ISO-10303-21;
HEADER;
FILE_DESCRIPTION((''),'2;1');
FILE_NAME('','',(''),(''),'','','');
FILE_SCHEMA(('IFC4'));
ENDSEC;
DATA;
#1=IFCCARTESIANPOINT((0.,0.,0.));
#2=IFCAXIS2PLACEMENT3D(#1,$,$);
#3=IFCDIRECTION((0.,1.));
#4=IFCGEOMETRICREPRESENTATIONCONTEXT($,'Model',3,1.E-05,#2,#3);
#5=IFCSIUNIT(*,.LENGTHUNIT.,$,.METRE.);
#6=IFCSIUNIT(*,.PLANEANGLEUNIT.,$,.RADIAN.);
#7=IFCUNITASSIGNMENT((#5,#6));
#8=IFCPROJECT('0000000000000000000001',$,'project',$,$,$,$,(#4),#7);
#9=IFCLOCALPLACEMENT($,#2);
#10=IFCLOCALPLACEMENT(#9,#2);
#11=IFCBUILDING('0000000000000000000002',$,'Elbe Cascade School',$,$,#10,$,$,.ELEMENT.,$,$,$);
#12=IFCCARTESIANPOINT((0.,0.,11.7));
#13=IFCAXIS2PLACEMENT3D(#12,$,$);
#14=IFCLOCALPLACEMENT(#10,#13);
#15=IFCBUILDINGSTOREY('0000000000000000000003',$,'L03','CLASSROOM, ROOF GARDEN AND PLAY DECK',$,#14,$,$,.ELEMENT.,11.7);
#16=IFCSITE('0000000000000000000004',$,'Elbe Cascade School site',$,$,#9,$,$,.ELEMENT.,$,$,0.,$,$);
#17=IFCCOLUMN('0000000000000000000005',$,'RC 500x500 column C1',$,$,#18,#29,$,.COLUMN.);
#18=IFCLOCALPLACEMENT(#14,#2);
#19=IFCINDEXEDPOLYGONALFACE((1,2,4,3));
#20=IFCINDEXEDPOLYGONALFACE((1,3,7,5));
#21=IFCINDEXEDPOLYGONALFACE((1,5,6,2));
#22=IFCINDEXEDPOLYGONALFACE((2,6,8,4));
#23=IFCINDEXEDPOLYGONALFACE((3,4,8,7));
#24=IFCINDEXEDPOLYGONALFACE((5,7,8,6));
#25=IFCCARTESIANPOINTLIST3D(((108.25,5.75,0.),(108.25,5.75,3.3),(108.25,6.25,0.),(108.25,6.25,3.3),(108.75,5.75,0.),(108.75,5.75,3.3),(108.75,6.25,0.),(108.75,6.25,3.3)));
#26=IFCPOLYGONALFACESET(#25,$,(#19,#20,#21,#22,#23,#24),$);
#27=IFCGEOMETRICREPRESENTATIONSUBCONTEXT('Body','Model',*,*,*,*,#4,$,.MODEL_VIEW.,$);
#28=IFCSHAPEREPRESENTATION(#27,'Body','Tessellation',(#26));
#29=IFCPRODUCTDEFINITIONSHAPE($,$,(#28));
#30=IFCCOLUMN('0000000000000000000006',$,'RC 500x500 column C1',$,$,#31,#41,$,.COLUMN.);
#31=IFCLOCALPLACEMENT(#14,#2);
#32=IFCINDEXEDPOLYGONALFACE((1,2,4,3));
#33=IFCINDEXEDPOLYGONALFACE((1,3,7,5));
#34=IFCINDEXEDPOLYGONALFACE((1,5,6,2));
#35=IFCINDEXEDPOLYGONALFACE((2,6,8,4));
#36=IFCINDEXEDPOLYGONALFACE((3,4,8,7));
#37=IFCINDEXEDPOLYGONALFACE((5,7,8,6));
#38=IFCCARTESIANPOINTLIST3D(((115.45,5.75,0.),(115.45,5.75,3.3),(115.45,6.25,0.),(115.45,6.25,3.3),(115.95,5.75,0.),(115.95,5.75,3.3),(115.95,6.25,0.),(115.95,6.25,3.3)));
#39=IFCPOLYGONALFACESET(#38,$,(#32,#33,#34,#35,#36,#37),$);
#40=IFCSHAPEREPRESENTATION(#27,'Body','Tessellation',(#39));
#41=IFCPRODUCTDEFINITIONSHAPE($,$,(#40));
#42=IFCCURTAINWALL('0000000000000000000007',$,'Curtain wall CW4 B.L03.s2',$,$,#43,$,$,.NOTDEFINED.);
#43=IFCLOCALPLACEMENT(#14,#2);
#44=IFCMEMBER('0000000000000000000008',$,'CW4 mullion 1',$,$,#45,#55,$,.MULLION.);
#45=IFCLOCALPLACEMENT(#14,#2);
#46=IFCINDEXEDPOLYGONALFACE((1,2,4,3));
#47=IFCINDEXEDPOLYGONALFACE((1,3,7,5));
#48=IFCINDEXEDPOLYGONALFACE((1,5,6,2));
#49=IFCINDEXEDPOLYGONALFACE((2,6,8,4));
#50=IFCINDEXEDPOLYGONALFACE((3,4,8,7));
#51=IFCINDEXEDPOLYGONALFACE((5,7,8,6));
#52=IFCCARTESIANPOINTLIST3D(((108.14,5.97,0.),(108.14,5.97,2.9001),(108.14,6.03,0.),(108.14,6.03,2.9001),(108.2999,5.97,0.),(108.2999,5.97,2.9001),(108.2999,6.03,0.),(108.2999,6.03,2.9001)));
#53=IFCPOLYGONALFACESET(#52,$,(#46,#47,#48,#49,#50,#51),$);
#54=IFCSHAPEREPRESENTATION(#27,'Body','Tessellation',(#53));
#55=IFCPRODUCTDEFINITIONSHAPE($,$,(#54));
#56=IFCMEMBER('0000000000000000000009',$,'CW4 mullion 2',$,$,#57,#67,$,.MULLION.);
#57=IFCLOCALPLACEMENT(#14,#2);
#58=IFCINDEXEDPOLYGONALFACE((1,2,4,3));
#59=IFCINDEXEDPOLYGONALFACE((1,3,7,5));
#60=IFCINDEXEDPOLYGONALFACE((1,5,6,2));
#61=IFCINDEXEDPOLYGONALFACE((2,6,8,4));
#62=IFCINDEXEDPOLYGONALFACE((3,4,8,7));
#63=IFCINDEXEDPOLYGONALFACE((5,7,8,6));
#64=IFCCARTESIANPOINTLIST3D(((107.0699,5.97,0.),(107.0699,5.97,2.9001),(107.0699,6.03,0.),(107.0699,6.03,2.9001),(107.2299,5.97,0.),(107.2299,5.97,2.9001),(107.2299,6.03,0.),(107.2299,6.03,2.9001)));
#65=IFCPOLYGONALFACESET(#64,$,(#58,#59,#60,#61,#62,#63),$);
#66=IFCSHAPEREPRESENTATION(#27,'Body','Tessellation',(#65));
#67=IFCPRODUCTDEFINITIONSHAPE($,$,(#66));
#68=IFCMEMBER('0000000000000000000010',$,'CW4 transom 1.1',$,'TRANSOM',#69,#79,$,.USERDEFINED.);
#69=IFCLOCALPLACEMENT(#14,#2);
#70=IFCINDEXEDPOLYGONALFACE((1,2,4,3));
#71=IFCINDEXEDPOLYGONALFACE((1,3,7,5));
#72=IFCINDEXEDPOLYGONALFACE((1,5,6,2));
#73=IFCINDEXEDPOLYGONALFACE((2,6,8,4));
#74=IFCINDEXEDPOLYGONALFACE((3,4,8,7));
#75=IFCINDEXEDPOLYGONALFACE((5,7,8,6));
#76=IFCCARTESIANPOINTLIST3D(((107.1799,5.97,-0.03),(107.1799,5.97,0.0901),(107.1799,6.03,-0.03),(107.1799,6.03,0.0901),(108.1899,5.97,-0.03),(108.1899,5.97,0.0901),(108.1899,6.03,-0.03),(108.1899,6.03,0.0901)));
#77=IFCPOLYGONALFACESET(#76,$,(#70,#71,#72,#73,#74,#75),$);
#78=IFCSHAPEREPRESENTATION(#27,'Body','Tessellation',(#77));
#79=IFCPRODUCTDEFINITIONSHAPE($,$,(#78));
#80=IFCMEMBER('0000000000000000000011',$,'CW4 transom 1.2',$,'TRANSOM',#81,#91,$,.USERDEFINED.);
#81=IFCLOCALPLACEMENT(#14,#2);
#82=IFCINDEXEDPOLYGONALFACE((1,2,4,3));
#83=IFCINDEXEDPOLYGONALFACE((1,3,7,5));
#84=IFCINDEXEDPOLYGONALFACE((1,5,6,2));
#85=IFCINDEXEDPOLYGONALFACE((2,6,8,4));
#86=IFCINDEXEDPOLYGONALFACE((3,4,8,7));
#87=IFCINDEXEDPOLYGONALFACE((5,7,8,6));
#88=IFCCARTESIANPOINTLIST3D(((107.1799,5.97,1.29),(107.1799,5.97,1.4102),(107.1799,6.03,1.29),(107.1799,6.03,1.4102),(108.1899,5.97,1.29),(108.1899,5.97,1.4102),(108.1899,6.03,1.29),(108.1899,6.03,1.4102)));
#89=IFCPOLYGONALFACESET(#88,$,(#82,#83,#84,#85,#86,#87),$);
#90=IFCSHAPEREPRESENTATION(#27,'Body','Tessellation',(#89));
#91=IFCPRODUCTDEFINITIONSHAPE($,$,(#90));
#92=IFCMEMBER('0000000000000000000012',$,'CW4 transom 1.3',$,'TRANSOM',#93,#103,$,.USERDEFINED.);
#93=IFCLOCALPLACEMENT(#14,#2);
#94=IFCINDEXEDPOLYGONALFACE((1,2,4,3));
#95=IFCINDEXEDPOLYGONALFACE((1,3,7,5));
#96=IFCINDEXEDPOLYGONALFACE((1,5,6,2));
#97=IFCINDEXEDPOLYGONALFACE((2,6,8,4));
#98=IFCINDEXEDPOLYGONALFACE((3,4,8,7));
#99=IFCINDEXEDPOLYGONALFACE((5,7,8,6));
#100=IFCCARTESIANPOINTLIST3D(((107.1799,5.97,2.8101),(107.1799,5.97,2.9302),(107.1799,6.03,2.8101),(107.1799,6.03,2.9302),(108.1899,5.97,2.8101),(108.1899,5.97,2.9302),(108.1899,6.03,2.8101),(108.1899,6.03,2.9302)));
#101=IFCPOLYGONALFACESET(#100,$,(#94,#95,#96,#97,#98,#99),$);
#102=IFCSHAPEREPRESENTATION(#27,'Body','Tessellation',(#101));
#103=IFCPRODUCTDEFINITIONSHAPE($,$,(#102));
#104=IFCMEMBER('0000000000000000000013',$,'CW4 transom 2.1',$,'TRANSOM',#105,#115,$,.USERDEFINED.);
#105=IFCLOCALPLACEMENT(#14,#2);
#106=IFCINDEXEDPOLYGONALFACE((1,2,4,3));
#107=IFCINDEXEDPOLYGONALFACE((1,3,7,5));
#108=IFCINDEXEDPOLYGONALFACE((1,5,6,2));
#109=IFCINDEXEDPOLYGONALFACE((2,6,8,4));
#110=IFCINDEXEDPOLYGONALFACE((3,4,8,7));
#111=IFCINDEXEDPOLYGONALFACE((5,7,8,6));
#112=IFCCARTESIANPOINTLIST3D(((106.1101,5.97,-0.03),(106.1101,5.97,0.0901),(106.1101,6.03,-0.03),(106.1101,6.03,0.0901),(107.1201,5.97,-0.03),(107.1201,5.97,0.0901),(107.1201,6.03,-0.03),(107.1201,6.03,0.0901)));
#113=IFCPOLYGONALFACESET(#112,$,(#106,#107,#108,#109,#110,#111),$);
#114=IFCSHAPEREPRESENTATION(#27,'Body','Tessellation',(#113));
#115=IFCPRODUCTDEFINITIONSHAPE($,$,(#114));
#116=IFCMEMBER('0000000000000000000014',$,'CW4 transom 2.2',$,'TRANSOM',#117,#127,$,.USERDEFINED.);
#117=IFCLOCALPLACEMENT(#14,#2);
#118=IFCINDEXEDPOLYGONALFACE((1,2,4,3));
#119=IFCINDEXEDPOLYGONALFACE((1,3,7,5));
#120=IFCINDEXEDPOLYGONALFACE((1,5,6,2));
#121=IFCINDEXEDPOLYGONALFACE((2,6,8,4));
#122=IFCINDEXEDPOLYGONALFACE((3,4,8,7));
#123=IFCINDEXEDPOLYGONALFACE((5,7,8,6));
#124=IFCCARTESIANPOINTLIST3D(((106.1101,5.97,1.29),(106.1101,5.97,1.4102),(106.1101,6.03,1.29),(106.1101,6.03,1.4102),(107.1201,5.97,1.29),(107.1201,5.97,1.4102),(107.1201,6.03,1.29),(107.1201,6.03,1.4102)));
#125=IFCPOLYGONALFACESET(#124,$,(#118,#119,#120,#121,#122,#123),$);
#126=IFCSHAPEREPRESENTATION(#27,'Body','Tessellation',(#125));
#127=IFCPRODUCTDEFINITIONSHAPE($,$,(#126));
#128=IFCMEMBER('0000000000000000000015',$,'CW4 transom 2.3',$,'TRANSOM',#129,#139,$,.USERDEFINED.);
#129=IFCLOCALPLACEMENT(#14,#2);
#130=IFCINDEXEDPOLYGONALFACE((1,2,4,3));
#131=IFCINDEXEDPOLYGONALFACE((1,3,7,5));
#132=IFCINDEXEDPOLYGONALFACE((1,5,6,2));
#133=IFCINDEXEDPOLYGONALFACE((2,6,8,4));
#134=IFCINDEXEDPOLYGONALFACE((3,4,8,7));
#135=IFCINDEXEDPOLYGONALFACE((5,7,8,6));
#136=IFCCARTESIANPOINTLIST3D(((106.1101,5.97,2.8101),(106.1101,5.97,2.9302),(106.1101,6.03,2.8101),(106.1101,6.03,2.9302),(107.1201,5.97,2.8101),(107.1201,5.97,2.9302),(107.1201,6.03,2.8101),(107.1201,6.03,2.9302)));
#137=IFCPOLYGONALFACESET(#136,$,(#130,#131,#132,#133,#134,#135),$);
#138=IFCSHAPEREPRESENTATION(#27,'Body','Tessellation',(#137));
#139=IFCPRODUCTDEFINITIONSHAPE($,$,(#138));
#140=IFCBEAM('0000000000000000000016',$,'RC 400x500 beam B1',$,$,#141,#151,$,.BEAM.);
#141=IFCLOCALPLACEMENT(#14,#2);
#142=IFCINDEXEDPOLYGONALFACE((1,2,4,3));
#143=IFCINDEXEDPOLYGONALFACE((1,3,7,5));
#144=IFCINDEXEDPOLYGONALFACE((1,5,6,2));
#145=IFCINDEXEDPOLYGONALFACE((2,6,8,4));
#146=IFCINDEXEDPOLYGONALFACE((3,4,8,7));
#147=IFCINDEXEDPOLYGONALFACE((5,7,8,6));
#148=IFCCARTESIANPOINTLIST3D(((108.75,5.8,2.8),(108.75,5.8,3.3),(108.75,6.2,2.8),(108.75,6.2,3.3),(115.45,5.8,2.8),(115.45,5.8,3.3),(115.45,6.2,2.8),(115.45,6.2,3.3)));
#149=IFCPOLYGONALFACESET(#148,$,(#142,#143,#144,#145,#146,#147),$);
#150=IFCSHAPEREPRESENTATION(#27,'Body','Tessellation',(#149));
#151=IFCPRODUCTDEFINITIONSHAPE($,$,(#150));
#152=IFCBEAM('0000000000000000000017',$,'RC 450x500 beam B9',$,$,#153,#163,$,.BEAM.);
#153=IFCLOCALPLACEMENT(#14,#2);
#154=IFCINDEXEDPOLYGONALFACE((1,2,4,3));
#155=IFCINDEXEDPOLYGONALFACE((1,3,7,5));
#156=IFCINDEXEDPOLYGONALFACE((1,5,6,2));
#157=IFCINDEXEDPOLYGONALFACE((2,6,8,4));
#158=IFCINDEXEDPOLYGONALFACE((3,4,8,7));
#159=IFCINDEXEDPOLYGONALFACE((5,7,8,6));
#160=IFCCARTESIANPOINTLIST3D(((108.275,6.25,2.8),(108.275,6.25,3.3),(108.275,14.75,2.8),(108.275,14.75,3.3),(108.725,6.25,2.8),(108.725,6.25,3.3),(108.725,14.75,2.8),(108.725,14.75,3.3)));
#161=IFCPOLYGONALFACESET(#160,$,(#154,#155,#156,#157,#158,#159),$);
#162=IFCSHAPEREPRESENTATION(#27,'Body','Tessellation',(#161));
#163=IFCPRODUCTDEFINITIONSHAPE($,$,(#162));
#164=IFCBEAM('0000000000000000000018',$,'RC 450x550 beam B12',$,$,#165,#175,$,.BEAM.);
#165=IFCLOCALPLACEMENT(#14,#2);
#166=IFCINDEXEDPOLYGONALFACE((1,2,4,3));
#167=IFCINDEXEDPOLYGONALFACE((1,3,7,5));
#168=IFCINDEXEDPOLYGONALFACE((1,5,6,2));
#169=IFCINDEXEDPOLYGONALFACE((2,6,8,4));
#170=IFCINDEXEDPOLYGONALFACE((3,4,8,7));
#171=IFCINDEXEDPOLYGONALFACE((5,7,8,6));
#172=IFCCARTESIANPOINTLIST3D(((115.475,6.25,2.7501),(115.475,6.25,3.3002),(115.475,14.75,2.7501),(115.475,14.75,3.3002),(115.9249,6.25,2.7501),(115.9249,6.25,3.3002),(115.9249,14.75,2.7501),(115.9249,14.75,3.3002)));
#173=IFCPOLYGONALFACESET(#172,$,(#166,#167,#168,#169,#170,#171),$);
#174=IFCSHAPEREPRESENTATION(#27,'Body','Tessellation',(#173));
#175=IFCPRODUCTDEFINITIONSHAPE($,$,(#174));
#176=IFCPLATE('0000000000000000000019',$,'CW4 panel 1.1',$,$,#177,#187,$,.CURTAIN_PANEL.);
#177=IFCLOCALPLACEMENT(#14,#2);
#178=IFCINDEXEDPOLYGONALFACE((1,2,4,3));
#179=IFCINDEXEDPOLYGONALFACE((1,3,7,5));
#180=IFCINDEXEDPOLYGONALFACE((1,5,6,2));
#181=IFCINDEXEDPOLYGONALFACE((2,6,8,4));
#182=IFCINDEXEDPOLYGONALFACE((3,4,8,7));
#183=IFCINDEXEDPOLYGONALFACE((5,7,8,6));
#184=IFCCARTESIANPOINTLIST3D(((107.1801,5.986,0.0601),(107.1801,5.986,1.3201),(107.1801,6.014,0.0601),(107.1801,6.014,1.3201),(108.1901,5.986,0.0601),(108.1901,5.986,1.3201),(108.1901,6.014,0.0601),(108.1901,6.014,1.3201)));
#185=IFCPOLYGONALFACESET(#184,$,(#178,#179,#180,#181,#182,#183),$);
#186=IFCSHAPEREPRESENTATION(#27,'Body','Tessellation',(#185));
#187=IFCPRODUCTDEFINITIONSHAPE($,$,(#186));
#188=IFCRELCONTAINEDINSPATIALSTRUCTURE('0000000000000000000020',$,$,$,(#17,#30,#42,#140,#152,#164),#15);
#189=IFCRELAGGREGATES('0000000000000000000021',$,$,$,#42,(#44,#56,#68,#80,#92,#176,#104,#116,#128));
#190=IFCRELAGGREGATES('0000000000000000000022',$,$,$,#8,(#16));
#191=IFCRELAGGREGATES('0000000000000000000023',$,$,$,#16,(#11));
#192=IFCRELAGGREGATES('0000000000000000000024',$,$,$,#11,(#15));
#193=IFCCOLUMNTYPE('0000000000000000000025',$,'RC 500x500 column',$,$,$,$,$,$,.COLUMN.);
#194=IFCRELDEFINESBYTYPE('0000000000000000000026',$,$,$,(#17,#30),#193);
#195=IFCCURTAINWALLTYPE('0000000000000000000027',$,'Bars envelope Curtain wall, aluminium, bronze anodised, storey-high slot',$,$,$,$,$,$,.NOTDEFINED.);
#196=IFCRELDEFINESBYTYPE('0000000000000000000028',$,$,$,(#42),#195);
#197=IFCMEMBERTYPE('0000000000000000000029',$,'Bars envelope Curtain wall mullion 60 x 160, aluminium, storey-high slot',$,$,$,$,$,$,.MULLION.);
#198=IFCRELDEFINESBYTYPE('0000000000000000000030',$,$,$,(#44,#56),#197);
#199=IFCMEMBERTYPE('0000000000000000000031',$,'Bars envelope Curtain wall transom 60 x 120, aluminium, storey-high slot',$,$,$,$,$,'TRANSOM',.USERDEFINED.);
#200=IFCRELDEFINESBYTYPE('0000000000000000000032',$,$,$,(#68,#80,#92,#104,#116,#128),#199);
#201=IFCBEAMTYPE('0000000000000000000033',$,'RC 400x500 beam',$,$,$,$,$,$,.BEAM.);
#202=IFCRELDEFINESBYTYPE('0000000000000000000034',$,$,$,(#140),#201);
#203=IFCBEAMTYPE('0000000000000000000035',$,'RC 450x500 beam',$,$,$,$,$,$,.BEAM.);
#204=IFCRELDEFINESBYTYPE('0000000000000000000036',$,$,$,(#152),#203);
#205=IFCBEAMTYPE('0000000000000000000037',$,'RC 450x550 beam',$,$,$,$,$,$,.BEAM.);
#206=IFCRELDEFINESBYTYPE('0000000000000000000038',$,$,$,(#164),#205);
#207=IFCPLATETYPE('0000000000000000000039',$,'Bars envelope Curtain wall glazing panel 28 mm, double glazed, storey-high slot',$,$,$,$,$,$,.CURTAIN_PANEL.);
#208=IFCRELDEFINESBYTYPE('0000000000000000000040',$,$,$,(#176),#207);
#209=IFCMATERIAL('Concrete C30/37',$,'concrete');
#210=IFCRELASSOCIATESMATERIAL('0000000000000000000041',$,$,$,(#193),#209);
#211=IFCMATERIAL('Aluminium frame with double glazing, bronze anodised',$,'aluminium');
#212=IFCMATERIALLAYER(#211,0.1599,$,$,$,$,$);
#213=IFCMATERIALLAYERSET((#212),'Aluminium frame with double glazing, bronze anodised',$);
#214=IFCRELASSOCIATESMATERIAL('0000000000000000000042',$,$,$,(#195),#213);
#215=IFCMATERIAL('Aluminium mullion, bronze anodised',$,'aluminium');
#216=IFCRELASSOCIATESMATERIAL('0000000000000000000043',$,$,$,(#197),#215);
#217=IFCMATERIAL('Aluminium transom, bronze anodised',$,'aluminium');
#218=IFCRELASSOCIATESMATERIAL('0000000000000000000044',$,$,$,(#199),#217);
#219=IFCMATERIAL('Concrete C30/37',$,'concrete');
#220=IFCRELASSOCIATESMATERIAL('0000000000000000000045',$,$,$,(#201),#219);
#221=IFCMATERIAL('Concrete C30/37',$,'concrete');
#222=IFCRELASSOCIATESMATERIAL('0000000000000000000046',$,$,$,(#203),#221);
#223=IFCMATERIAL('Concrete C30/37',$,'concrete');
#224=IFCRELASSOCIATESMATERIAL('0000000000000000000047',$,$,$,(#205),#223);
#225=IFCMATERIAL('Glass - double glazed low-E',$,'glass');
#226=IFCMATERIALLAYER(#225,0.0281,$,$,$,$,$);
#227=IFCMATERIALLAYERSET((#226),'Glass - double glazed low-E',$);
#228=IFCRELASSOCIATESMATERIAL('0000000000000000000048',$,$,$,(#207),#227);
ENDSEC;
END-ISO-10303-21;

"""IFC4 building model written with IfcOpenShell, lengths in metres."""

from ifc_helpers import new_model, si_unit, direction, frame, origin, origin_2d, place, context, subcontext, project, spatial, rectangle, extrude, material, layer, layer_set, material_profile, profile_set, type_object, element, aggregate, save


model = new_model("IFC4")

# Units and contexts
model_context = context("Model", 3, precision=1e-05, world=origin(), true_north=direction((0.0, 1.0)))
body_context = subcontext(model_context, "Body", "Model", "MODEL_VIEW")
ifc_project = project(units=[si_unit("LENGTHUNIT", "METRE"), si_unit("PLANEANGLEUNIT", "RADIAN")], contexts=[model_context])

# Site, building, storey
site_placement = place(None, origin())
site = spatial("IfcSite", under=ifc_project, at=site_placement, Name="Elbe Cascade School site", CompositionType="ELEMENT", RefElevation=0.0)
building_placement = place(site_placement, origin())
building = spatial("IfcBuilding", under=site, at=building_placement, Name="Elbe Cascade School", CompositionType="ELEMENT")
storey_placement = place(building_placement, frame((0.0, 0.0, 11.7)))
storey = spatial("IfcBuildingStorey", under=building, at=storey_placement, Name="L03", Description="CLASSROOM, ROOF GARDEN AND PLAY DECK", CompositionType="ELEMENT", Elevation=11.7)

# Columns
ifc_material_1 = material(Name="Concrete C30/37", Category="concrete")
ifc_material_profile_1 = material_profile(ifc_material_1, rectangle(XDim=0.5, YDim=0.5, at=origin_2d()), Name="RC 500x500")
ifc_profile_set_1 = profile_set([ifc_material_profile_1], Name="Concrete C30/37")
column_type = type_object("IfcColumnType", Name="RC 500x500 column", PredefinedType="COLUMN", material=ifc_profile_set_1)
for number, where, z_axis, x_axis, name in (
    (1, (108.5, 6.0, 0.0), (0.0, 0.0, 1.0), (1.0, 0.0, 0.0), "RC 500x500 column C1"),
    (2, (115.7, 6.0, 0.0), (0.0, 0.0, 1.0), (1.0, 0.0, 0.0), "RC 500x500 column C1"),
):
    element("IfcColumn", number, at=place(storey_placement, frame(where, z_axis=z_axis, x_axis=x_axis)), inside=storey, type_object=column_type, Name=name, PredefinedType="COLUMN", context=body_context, shape_type="SweptSolid", body=[
        extrude(rectangle(XDim=0.5, YDim=0.5, at=origin_2d()), origin(), (0.0, 0.0, 1.0), 3.3),
    ])

# Curtain wall, members
ifc_material_2 = material(Name="Aluminium frame with double glazing, bronze anodised", Category="aluminium")
ifc_layer_1 = layer(ifc_material_2, 0.1599)
ifc_layer_set_1 = layer_set([ifc_layer_1], Name="Aluminium frame with double glazing, bronze anodised")
curtain_wall_type = type_object("IfcCurtainWallType", Name="Bars envelope Curtain wall, aluminium, bronze anodised, storey-high slot", PredefinedType="NOTDEFINED", material=ifc_layer_set_1)
curtain_wall_placement = place(storey_placement, origin())
curtain_wall = element("IfcCurtainWall", 3, at=curtain_wall_placement, inside=storey, type_object=curtain_wall_type, Name="Curtain wall CW4 B.L03.s2", PredefinedType="NOTDEFINED")
ifc_material_3 = material(Name="Aluminium mullion, bronze anodised", Category="aluminium")
ifc_material_profile_2 = material_profile(ifc_material_3, rectangle(XDim=0.0601, YDim=0.1599, at=origin_2d()), Name="Bars envelope Curtain wall mullion 60 x 160, aluminium, storey-high slot")
ifc_profile_set_2 = profile_set([ifc_material_profile_2], Name="Aluminium mullion, bronze anodised")
member_type_1 = type_object("IfcMemberType", Name="Bars envelope Curtain wall mullion 60 x 160, aluminium, storey-high slot", PredefinedType="MULLION", material=ifc_profile_set_2)
member_1_placement = place(storey_placement, frame((108.22, 6.0, 0.0), z_axis=(0.0, 0.0, 1.0), x_axis=(0.0, -1.0, 0.0)))
member_1 = element("IfcMember", 4, at=member_1_placement, type_object=member_type_1, Name="CW4 mullion 1", PredefinedType="MULLION", context=body_context, shape_type="SweptSolid", body=[
    extrude(rectangle(XDim=0.0601, YDim=0.1599, at=origin_2d()), origin(), (0.0, 0.0, 1.0), 2.9001),
])
member_2_placement = place(storey_placement, frame((107.1499, 6.0, 0.0), z_axis=(0.0, 0.0, 1.0), x_axis=(0.0, -1.0, 0.0)))
member_2 = element("IfcMember", 5, at=member_2_placement, type_object=member_type_1, Name="CW4 mullion 2", PredefinedType="MULLION", context=body_context, shape_type="SweptSolid", body=[
    extrude(rectangle(XDim=0.0601, YDim=0.1599, at=origin_2d()), origin(), (0.0, 0.0, 1.0), 2.9001),
])
ifc_material_4 = material(Name="Aluminium transom, bronze anodised", Category="aluminium")
ifc_material_profile_3 = material_profile(ifc_material_4, rectangle(XDim=0.0601, YDim=0.1201, at=origin_2d()), Name="Bars envelope Curtain wall transom 60 x 120, aluminium, storey-high slot")
ifc_profile_set_3 = profile_set([ifc_material_profile_3], Name="Aluminium transom, bronze anodised")
member_type_2 = type_object("IfcMemberType", Name="Bars envelope Curtain wall transom 60 x 120, aluminium, storey-high slot", ElementType="TRANSOM", PredefinedType="USERDEFINED", material=ifc_profile_set_3)
member_3_placement = place(storey_placement, frame((108.1899, 6.0, 0.03), z_axis=(-1.0, 0.0, 0.0), x_axis=(0.0, -1.0, 0.0)))
member_3 = element("IfcMember", 6, at=member_3_placement, type_object=member_type_2, Name="CW4 transom 1.1", ObjectType="TRANSOM", PredefinedType="USERDEFINED", context=body_context, shape_type="SweptSolid", body=[
    extrude(rectangle(XDim=0.0601, YDim=0.1201, at=origin_2d()), origin(), (0.0, 0.0, 1.0), 1.01),
])
member_4_placement = place(storey_placement, frame((108.1899, 6.0, 1.3501), z_axis=(-1.0, 0.0, 0.0), x_axis=(0.0, -1.0, 0.0)))
member_4 = element("IfcMember", 7, at=member_4_placement, type_object=member_type_2, Name="CW4 transom 1.2", ObjectType="TRANSOM", PredefinedType="USERDEFINED", context=body_context, shape_type="SweptSolid", body=[
    extrude(rectangle(XDim=0.0601, YDim=0.1201, at=origin_2d()), origin(), (0.0, 0.0, 1.0), 1.01),
])
member_5_placement = place(storey_placement, frame((108.1899, 6.0, 2.8701), z_axis=(-1.0, 0.0, 0.0), x_axis=(0.0, -1.0, 0.0)))
member_5 = element("IfcMember", 8, at=member_5_placement, type_object=member_type_2, Name="CW4 transom 1.3", ObjectType="TRANSOM", PredefinedType="USERDEFINED", context=body_context, shape_type="SweptSolid", body=[
    extrude(rectangle(XDim=0.0601, YDim=0.1201, at=origin_2d()), origin(), (0.0, 0.0, 1.0), 1.01),
])
member_6_placement = place(storey_placement, frame((107.1201, 6.0, 0.03), z_axis=(-1.0, 0.0, 0.0), x_axis=(0.0, -1.0, 0.0)))
member_6 = element("IfcMember", 9, at=member_6_placement, type_object=member_type_2, Name="CW4 transom 2.1", ObjectType="TRANSOM", PredefinedType="USERDEFINED", context=body_context, shape_type="SweptSolid", body=[
    extrude(rectangle(XDim=0.0601, YDim=0.1201, at=origin_2d()), origin(), (0.0, 0.0, 1.0), 1.01),
])
member_7_placement = place(storey_placement, frame((107.1201, 6.0, 1.3501), z_axis=(-1.0, 0.0, 0.0), x_axis=(0.0, -1.0, 0.0)))
member_7 = element("IfcMember", 10, at=member_7_placement, type_object=member_type_2, Name="CW4 transom 2.2", ObjectType="TRANSOM", PredefinedType="USERDEFINED", context=body_context, shape_type="SweptSolid", body=[
    extrude(rectangle(XDim=0.0601, YDim=0.1201, at=origin_2d()), origin(), (0.0, 0.0, 1.0), 1.01),
])
member_8_placement = place(storey_placement, frame((107.1201, 6.0, 2.8701), z_axis=(-1.0, 0.0, 0.0), x_axis=(0.0, -1.0, 0.0)))
member_8 = element("IfcMember", 11, at=member_8_placement, type_object=member_type_2, Name="CW4 transom 2.3", ObjectType="TRANSOM", PredefinedType="USERDEFINED", context=body_context, shape_type="SweptSolid", body=[
    extrude(rectangle(XDim=0.0601, YDim=0.1201, at=origin_2d()), origin(), (0.0, 0.0, 1.0), 1.01),
])

# Beams
ifc_material_5 = material(Name="Concrete C30/37", Category="concrete")
ifc_material_profile_4 = material_profile(ifc_material_5, rectangle(XDim=0.3999, YDim=0.5, at=origin_2d()), Name="RC 400x500")
ifc_profile_set_4 = profile_set([ifc_material_profile_4], Name="Concrete C30/37")
beam_type_1 = type_object("IfcBeamType", Name="RC 400x500 beam", PredefinedType="BEAM", material=ifc_profile_set_4)
beam_1_placement = place(storey_placement, frame((108.75, 6.0, 3.05), z_axis=(1.0, 0.0, 0.0), x_axis=(0.0, 1.0, 0.0)))
element("IfcBeam", 12, at=beam_1_placement, inside=storey, type_object=beam_type_1, Name="RC 400x500 beam B1", PredefinedType="BEAM", context=body_context, shape_type="SweptSolid", body=[
    extrude(rectangle(XDim=0.3999, YDim=0.5, at=origin_2d()), origin(), (0.0, 0.0, 1.0), 6.7),
])
ifc_material_6 = material(Name="Concrete C30/37", Category="concrete")
ifc_material_profile_5 = material_profile(ifc_material_6, rectangle(XDim=0.45, YDim=0.5, at=origin_2d()), Name="RC 450x500")
ifc_profile_set_5 = profile_set([ifc_material_profile_5], Name="Concrete C30/37")
beam_type_2 = type_object("IfcBeamType", Name="RC 450x500 beam", PredefinedType="BEAM", material=ifc_profile_set_5)
beam_2_placement = place(storey_placement, frame((108.5, 6.25, 3.05), z_axis=(0.0, 1.0, 0.0), x_axis=(-1.0, 0.0, 0.0)))
element("IfcBeam", 13, at=beam_2_placement, inside=storey, type_object=beam_type_2, Name="RC 450x500 beam B9", PredefinedType="BEAM", context=body_context, shape_type="SweptSolid", body=[
    extrude(rectangle(XDim=0.45, YDim=0.5, at=origin_2d()), origin(), (0.0, 0.0, 1.0), 8.5),
])
ifc_material_7 = material(Name="Concrete C30/37", Category="concrete")
ifc_material_profile_6 = material_profile(ifc_material_7, rectangle(XDim=0.45, YDim=0.55, at=origin_2d()), Name="RC 450x550")
ifc_profile_set_6 = profile_set([ifc_material_profile_6], Name="Concrete C30/37")
beam_type_3 = type_object("IfcBeamType", Name="RC 450x550 beam", PredefinedType="BEAM", material=ifc_profile_set_6)
beam_3_placement = place(storey_placement, frame((115.7, 6.25, 3.0251), z_axis=(0.0, 1.0, 0.0), x_axis=(-1.0, 0.0, 0.0)))
element("IfcBeam", 14, at=beam_3_placement, inside=storey, type_object=beam_type_3, Name="RC 450x550 beam B12", PredefinedType="BEAM", context=body_context, shape_type="SweptSolid", body=[
    extrude(rectangle(XDim=0.45, YDim=0.55, at=origin_2d()), origin(), (0.0, 0.0, 1.0), 8.5),
])

# Plate
ifc_material_8 = material(Name="Glass - double glazed low-E", Category="glass")
ifc_layer_2 = layer(ifc_material_8, 0.0281)
ifc_layer_set_2 = layer_set([ifc_layer_2], Name="Glass - double glazed low-E")
plate_type = type_object("IfcPlateType", Name="Bars envelope Curtain wall glazing panel 28 mm, double glazed, storey-high slot", PredefinedType="CURTAIN_PANEL", material=ifc_layer_set_2)
plate_1_placement = place(storey_placement, frame((107.6851, 6.0, 0.0601), z_axis=(0.0, 0.0, 1.0), x_axis=(-1.0, 0.0, 0.0)))
plate_1 = element("IfcPlate", 15, at=plate_1_placement, type_object=plate_type, Name="CW4 panel 1.1", PredefinedType="CURTAIN_PANEL", context=body_context, shape_type="SweptSolid", body=[
    extrude(rectangle(XDim=1.01, YDim=0.0281, at=origin_2d()), origin(), (0.0, 0.0, 1.0), 1.26),
])
aggregate(curtain_wall, [member_1, member_2, member_3, member_4, member_5, plate_1, member_6, member_7, member_8])

save(model, "model.ifc")
